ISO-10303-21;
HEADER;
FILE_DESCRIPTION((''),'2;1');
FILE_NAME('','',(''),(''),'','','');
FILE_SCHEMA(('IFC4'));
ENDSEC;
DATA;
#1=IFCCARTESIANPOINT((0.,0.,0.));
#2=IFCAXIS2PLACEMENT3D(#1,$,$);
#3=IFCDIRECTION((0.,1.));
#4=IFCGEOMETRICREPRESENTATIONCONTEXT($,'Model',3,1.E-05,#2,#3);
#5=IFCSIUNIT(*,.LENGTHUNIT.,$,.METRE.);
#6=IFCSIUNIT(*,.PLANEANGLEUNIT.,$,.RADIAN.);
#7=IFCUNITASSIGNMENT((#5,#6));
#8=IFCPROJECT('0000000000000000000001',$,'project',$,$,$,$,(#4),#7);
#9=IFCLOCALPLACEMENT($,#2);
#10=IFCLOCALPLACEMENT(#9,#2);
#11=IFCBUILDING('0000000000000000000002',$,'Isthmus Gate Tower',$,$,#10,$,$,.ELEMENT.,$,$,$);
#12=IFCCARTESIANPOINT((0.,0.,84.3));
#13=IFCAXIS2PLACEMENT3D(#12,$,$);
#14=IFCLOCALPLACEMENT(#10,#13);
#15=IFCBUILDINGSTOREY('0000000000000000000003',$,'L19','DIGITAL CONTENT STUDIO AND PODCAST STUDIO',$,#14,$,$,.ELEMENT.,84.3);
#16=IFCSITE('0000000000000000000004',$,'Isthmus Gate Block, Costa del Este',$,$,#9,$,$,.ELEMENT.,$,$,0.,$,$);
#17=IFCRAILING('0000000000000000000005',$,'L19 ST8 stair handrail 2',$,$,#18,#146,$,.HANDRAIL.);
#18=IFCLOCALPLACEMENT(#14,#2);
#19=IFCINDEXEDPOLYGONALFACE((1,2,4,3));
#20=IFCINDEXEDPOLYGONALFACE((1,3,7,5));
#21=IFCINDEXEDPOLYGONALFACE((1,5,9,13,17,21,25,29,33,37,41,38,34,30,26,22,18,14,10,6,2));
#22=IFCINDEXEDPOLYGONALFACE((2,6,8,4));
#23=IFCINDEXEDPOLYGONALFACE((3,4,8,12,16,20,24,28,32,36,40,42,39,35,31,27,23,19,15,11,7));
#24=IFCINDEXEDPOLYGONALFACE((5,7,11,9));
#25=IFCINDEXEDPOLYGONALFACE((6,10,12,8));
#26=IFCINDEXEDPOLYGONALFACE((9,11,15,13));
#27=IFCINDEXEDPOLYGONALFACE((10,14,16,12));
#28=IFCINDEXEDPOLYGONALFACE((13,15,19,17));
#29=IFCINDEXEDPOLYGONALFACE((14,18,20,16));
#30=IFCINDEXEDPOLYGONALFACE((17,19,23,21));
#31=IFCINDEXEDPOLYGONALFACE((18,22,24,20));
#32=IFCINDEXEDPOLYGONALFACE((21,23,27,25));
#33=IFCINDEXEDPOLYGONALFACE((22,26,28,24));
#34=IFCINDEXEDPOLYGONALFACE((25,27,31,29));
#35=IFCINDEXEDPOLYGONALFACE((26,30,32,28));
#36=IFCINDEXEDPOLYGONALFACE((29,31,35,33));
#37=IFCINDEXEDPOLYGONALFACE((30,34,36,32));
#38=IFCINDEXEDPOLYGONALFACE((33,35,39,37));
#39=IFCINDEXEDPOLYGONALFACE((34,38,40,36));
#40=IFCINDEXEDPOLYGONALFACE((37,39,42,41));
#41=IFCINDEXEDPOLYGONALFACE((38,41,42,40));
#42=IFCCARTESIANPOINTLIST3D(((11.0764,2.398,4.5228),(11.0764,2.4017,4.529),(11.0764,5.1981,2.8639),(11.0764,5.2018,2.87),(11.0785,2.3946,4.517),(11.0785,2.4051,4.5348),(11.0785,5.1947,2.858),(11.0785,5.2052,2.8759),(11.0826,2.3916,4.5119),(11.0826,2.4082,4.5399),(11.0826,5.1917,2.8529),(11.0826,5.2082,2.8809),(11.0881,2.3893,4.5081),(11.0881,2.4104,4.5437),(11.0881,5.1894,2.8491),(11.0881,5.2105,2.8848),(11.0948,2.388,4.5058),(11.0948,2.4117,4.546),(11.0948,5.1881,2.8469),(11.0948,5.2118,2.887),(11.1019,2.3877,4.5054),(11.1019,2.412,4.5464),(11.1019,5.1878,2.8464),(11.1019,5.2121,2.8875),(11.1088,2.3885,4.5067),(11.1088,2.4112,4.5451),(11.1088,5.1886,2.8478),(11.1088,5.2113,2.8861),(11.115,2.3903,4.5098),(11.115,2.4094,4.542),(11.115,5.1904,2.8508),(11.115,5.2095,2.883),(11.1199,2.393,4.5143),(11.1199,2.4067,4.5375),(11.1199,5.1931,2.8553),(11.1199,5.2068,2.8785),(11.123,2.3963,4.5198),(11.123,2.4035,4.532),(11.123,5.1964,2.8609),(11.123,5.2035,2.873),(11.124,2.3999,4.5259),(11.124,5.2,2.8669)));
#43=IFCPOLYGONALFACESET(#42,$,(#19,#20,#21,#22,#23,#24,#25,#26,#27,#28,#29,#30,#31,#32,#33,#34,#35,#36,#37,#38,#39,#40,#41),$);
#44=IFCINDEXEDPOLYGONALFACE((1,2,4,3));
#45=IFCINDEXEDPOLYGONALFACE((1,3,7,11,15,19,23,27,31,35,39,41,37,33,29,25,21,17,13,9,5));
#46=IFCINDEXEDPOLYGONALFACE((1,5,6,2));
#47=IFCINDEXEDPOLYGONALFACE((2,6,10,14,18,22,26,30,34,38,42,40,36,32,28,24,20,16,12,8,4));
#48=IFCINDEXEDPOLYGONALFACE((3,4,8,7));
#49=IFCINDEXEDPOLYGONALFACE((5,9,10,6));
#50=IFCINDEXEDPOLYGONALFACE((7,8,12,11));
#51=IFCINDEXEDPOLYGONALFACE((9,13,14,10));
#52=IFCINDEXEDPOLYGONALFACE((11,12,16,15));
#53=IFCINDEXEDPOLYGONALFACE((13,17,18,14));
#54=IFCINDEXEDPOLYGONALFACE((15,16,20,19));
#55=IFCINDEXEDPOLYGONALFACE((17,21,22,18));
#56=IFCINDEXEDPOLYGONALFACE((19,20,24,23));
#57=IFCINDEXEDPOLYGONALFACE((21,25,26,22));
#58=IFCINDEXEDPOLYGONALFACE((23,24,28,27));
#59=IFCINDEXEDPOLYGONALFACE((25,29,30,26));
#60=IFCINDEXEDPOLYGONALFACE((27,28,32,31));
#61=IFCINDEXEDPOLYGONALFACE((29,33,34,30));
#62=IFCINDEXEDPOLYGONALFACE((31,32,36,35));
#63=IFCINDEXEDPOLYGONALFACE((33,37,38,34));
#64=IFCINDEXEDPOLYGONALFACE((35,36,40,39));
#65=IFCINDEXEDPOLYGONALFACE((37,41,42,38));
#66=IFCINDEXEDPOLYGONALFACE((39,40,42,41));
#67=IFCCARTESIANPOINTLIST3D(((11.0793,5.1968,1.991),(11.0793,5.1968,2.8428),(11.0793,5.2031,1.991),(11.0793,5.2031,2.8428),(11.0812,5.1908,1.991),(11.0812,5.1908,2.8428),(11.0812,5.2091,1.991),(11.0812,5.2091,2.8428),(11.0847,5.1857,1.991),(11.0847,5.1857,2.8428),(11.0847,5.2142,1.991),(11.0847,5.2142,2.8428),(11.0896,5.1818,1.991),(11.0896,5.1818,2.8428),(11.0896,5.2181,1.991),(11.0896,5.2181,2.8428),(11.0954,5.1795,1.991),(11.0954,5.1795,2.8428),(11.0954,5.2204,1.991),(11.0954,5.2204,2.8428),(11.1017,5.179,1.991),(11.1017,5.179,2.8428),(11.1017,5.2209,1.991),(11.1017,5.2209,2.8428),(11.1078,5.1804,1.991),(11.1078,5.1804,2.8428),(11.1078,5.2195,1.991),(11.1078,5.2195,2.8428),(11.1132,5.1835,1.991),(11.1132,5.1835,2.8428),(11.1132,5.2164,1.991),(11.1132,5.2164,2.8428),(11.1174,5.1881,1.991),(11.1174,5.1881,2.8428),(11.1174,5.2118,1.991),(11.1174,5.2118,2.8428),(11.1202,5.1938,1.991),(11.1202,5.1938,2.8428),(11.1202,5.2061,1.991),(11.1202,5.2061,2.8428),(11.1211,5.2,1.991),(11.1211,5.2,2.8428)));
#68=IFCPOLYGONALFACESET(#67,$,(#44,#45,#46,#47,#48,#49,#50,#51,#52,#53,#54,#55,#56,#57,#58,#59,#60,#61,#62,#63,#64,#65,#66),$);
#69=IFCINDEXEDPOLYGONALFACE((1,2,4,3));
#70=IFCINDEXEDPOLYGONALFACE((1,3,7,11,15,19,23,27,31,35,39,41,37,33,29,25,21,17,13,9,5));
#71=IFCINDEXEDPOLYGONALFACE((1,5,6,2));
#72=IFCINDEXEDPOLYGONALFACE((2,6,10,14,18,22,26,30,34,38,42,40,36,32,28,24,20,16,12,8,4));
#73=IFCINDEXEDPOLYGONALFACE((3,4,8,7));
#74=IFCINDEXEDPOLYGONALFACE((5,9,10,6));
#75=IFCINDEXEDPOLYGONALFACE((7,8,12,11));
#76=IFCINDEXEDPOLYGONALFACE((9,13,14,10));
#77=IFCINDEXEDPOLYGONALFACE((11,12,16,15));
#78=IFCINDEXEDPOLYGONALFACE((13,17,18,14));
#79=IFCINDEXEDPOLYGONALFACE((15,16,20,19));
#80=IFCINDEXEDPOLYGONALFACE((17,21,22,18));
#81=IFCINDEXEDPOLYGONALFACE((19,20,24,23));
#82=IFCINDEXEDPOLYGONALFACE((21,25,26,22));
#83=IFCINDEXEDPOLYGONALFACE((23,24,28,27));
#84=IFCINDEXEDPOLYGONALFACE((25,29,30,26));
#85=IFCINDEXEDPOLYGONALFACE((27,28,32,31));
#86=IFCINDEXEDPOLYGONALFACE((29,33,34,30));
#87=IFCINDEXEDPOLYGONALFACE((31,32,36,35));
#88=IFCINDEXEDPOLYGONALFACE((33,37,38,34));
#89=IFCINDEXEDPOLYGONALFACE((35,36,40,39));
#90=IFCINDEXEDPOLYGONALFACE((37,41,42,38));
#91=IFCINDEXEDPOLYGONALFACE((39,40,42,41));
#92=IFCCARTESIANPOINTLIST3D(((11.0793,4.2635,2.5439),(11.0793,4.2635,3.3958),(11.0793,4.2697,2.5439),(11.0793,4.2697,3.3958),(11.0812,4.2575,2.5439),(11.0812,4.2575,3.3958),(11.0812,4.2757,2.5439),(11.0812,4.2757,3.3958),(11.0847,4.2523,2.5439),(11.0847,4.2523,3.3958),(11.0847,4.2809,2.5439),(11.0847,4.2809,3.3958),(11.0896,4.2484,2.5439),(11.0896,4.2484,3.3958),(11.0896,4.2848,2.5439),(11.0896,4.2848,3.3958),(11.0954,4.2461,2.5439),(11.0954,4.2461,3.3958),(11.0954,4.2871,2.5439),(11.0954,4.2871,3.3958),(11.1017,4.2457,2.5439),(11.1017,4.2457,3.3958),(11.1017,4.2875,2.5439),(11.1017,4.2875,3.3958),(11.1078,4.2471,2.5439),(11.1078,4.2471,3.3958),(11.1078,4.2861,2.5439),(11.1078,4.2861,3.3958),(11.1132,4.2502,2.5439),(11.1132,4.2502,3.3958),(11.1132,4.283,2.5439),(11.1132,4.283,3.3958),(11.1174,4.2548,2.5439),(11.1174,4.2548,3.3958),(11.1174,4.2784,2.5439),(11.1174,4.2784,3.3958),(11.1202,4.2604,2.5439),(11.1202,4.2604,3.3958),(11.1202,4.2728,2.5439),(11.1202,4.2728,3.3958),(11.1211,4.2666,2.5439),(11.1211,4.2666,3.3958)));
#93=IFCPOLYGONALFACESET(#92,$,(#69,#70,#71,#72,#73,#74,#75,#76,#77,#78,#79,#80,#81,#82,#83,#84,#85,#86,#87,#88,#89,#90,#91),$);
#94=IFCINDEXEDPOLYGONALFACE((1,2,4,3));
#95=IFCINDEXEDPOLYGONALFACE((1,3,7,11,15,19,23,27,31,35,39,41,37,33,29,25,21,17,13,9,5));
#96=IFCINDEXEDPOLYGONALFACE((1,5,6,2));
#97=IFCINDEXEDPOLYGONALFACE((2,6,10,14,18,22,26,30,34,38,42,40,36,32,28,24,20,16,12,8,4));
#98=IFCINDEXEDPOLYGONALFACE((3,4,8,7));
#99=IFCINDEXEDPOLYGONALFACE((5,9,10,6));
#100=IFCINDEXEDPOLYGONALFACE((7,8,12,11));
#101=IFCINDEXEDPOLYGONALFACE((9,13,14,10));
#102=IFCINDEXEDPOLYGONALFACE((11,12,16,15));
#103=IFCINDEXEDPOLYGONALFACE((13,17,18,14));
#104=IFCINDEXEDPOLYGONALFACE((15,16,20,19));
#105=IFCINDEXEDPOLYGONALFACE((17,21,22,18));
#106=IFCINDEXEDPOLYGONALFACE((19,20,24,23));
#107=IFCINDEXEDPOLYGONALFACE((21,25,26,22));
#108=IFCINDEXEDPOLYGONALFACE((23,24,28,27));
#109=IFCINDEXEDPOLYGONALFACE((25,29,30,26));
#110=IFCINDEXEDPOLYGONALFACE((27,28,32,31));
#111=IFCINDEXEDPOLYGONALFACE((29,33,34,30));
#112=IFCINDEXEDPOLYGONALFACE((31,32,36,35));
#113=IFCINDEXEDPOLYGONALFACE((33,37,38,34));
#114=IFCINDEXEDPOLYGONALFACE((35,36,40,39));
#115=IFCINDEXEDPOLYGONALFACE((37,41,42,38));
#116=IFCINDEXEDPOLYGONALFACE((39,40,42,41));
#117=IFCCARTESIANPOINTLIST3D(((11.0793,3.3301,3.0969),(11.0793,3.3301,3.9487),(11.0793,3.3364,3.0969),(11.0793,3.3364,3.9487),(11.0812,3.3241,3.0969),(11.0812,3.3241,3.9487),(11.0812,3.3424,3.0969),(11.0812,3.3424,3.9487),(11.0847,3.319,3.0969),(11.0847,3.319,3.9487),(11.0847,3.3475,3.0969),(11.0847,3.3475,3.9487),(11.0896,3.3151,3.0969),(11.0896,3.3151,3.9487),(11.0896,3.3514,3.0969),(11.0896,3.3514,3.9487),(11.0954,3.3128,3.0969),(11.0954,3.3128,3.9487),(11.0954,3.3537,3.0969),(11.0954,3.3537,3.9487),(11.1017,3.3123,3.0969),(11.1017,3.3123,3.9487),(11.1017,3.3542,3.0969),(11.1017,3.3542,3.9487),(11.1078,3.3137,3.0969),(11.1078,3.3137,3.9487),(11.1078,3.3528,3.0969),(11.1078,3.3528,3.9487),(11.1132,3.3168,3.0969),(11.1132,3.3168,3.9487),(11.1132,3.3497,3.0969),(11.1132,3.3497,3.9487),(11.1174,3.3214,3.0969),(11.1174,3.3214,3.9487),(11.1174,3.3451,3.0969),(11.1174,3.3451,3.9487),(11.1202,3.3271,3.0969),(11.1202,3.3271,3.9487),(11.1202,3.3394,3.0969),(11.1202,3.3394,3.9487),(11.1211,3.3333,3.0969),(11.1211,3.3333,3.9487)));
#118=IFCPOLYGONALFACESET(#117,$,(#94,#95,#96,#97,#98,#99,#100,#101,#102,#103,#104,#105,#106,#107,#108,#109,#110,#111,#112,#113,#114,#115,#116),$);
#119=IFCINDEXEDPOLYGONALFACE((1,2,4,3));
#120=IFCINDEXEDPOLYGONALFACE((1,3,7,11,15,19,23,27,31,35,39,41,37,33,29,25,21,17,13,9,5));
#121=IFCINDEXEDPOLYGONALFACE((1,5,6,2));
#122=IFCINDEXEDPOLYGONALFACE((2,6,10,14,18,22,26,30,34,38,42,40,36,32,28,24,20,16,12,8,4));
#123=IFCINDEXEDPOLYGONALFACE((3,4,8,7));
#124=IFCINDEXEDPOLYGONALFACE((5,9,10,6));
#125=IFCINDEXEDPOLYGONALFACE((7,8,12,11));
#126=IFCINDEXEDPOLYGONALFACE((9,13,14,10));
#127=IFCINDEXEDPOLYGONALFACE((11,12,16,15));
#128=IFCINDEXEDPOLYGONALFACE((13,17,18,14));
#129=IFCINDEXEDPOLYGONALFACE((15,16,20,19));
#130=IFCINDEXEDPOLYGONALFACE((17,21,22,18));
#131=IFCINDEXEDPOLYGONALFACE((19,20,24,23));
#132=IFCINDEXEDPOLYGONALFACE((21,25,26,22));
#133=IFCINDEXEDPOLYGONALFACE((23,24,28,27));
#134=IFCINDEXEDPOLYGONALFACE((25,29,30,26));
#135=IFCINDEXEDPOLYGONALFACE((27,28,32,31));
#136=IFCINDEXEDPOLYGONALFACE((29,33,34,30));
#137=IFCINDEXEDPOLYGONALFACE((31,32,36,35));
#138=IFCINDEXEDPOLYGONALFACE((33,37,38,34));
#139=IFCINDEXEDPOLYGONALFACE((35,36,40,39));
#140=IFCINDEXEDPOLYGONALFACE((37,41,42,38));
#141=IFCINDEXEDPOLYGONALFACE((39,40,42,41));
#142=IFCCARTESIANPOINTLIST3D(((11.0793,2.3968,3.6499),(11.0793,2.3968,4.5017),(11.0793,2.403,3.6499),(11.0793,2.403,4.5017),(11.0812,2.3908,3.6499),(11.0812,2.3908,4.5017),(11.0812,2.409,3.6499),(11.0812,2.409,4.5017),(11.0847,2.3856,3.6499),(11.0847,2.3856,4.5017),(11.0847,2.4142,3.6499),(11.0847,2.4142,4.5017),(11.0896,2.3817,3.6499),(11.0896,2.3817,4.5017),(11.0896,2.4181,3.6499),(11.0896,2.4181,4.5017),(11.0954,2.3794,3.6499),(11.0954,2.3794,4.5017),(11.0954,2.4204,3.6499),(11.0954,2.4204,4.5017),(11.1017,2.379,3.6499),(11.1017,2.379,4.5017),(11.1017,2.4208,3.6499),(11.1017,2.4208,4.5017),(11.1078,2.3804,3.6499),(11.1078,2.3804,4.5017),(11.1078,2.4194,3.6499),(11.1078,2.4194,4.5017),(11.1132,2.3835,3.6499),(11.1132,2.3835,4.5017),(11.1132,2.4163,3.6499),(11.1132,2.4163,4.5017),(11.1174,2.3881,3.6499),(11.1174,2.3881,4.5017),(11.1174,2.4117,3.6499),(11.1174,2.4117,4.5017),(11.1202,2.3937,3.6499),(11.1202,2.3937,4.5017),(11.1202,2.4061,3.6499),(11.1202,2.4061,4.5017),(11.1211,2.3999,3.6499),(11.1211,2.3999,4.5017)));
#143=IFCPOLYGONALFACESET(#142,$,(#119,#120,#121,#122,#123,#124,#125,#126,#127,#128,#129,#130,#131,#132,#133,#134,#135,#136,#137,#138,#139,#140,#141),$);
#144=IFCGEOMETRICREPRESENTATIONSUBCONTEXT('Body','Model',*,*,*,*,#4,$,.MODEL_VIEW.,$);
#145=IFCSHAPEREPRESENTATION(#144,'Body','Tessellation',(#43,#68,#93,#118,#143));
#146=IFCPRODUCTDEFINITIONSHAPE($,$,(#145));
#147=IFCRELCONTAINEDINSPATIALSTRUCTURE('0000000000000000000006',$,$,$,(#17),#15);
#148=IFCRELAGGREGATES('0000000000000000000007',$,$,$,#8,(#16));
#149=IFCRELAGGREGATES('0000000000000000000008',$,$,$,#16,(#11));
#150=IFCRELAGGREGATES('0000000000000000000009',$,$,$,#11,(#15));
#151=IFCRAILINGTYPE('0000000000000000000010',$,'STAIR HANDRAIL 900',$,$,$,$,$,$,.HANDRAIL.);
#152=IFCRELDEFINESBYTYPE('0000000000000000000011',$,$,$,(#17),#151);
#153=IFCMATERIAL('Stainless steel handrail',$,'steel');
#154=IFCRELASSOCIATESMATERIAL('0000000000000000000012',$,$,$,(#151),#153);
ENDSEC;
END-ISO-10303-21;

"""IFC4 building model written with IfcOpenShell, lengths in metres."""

from ifc_helpers import new_model, si_unit, direction, frame, origin, origin_2d, place, context, subcontext, project, spatial, circle, extrude, material, type_object, element, save


model = new_model("IFC4")

# Units and contexts
model_context = context("Model", 3, precision=1e-05, world=origin(), true_north=direction((0.0, 1.0)))
body_context = subcontext(model_context, "Body", "Model", "MODEL_VIEW")
ifc_project = project(units=[si_unit("LENGTHUNIT", "METRE"), si_unit("PLANEANGLEUNIT", "RADIAN")], contexts=[model_context])

# Site, building, storey
site_placement = place(None, origin())
site = spatial("IfcSite", under=ifc_project, at=site_placement, Name="Isthmus Gate Block, Costa del Este", CompositionType="ELEMENT", RefElevation=0.0)
building_placement = place(site_placement, origin())
building = spatial("IfcBuilding", under=site, at=building_placement, Name="Isthmus Gate Tower", CompositionType="ELEMENT")
storey_placement = place(building_placement, frame((0.0, 0.0, 84.3)))
storey = spatial("IfcBuildingStorey", under=building, at=storey_placement, Name="L19", Description="DIGITAL CONTENT STUDIO AND PODCAST STUDIO", CompositionType="ELEMENT", Elevation=84.3)

# Railing
ifc_material_1 = material(Name="Stainless steel handrail", Category="steel")
railing_type_1 = type_object("IfcRailingType", Name="STAIR HANDRAIL 900", PredefinedType="HANDRAIL", material=ifc_material_1)
railing_1_placement = place(storey_placement, frame((11.1001, 5.2, 1.991)))
element("IfcRailing", 1, at=railing_1_placement, inside=storey, type_object=railing_type_1, Name="L19 ST8 stair handrail 2", PredefinedType="HANDRAIL", context=body_context, shape_type="SweptSolid", body=[
    extrude(circle(Radius=0.0239, at=origin_2d()), frame((0.0, 0.0, 0.876), z_axis=(0.0, -0.860339, 0.509722), x_axis=(1.0, 0.0, 0.0)), (0.0, 0.0, 1.0), 3.2546),
    extrude(circle(Radius=0.021, at=origin_2d()), origin(), (0.0, 0.0, 1.0), 0.8518),
    extrude(circle(Radius=0.021, at=origin_2d()), frame((0.0, -0.9333, 0.553)), (0.0, 0.0, 1.0), 0.8518),
    extrude(circle(Radius=0.021, at=origin_2d()), frame((0.0, -1.8667, 1.106)), (0.0, 0.0, 1.0), 0.8518),
    extrude(circle(Radius=0.021, at=origin_2d()), frame((0.0, -2.8, 1.6589)), (0.0, 0.0, 1.0), 0.8518),
])

save(model, "model.ifc")
